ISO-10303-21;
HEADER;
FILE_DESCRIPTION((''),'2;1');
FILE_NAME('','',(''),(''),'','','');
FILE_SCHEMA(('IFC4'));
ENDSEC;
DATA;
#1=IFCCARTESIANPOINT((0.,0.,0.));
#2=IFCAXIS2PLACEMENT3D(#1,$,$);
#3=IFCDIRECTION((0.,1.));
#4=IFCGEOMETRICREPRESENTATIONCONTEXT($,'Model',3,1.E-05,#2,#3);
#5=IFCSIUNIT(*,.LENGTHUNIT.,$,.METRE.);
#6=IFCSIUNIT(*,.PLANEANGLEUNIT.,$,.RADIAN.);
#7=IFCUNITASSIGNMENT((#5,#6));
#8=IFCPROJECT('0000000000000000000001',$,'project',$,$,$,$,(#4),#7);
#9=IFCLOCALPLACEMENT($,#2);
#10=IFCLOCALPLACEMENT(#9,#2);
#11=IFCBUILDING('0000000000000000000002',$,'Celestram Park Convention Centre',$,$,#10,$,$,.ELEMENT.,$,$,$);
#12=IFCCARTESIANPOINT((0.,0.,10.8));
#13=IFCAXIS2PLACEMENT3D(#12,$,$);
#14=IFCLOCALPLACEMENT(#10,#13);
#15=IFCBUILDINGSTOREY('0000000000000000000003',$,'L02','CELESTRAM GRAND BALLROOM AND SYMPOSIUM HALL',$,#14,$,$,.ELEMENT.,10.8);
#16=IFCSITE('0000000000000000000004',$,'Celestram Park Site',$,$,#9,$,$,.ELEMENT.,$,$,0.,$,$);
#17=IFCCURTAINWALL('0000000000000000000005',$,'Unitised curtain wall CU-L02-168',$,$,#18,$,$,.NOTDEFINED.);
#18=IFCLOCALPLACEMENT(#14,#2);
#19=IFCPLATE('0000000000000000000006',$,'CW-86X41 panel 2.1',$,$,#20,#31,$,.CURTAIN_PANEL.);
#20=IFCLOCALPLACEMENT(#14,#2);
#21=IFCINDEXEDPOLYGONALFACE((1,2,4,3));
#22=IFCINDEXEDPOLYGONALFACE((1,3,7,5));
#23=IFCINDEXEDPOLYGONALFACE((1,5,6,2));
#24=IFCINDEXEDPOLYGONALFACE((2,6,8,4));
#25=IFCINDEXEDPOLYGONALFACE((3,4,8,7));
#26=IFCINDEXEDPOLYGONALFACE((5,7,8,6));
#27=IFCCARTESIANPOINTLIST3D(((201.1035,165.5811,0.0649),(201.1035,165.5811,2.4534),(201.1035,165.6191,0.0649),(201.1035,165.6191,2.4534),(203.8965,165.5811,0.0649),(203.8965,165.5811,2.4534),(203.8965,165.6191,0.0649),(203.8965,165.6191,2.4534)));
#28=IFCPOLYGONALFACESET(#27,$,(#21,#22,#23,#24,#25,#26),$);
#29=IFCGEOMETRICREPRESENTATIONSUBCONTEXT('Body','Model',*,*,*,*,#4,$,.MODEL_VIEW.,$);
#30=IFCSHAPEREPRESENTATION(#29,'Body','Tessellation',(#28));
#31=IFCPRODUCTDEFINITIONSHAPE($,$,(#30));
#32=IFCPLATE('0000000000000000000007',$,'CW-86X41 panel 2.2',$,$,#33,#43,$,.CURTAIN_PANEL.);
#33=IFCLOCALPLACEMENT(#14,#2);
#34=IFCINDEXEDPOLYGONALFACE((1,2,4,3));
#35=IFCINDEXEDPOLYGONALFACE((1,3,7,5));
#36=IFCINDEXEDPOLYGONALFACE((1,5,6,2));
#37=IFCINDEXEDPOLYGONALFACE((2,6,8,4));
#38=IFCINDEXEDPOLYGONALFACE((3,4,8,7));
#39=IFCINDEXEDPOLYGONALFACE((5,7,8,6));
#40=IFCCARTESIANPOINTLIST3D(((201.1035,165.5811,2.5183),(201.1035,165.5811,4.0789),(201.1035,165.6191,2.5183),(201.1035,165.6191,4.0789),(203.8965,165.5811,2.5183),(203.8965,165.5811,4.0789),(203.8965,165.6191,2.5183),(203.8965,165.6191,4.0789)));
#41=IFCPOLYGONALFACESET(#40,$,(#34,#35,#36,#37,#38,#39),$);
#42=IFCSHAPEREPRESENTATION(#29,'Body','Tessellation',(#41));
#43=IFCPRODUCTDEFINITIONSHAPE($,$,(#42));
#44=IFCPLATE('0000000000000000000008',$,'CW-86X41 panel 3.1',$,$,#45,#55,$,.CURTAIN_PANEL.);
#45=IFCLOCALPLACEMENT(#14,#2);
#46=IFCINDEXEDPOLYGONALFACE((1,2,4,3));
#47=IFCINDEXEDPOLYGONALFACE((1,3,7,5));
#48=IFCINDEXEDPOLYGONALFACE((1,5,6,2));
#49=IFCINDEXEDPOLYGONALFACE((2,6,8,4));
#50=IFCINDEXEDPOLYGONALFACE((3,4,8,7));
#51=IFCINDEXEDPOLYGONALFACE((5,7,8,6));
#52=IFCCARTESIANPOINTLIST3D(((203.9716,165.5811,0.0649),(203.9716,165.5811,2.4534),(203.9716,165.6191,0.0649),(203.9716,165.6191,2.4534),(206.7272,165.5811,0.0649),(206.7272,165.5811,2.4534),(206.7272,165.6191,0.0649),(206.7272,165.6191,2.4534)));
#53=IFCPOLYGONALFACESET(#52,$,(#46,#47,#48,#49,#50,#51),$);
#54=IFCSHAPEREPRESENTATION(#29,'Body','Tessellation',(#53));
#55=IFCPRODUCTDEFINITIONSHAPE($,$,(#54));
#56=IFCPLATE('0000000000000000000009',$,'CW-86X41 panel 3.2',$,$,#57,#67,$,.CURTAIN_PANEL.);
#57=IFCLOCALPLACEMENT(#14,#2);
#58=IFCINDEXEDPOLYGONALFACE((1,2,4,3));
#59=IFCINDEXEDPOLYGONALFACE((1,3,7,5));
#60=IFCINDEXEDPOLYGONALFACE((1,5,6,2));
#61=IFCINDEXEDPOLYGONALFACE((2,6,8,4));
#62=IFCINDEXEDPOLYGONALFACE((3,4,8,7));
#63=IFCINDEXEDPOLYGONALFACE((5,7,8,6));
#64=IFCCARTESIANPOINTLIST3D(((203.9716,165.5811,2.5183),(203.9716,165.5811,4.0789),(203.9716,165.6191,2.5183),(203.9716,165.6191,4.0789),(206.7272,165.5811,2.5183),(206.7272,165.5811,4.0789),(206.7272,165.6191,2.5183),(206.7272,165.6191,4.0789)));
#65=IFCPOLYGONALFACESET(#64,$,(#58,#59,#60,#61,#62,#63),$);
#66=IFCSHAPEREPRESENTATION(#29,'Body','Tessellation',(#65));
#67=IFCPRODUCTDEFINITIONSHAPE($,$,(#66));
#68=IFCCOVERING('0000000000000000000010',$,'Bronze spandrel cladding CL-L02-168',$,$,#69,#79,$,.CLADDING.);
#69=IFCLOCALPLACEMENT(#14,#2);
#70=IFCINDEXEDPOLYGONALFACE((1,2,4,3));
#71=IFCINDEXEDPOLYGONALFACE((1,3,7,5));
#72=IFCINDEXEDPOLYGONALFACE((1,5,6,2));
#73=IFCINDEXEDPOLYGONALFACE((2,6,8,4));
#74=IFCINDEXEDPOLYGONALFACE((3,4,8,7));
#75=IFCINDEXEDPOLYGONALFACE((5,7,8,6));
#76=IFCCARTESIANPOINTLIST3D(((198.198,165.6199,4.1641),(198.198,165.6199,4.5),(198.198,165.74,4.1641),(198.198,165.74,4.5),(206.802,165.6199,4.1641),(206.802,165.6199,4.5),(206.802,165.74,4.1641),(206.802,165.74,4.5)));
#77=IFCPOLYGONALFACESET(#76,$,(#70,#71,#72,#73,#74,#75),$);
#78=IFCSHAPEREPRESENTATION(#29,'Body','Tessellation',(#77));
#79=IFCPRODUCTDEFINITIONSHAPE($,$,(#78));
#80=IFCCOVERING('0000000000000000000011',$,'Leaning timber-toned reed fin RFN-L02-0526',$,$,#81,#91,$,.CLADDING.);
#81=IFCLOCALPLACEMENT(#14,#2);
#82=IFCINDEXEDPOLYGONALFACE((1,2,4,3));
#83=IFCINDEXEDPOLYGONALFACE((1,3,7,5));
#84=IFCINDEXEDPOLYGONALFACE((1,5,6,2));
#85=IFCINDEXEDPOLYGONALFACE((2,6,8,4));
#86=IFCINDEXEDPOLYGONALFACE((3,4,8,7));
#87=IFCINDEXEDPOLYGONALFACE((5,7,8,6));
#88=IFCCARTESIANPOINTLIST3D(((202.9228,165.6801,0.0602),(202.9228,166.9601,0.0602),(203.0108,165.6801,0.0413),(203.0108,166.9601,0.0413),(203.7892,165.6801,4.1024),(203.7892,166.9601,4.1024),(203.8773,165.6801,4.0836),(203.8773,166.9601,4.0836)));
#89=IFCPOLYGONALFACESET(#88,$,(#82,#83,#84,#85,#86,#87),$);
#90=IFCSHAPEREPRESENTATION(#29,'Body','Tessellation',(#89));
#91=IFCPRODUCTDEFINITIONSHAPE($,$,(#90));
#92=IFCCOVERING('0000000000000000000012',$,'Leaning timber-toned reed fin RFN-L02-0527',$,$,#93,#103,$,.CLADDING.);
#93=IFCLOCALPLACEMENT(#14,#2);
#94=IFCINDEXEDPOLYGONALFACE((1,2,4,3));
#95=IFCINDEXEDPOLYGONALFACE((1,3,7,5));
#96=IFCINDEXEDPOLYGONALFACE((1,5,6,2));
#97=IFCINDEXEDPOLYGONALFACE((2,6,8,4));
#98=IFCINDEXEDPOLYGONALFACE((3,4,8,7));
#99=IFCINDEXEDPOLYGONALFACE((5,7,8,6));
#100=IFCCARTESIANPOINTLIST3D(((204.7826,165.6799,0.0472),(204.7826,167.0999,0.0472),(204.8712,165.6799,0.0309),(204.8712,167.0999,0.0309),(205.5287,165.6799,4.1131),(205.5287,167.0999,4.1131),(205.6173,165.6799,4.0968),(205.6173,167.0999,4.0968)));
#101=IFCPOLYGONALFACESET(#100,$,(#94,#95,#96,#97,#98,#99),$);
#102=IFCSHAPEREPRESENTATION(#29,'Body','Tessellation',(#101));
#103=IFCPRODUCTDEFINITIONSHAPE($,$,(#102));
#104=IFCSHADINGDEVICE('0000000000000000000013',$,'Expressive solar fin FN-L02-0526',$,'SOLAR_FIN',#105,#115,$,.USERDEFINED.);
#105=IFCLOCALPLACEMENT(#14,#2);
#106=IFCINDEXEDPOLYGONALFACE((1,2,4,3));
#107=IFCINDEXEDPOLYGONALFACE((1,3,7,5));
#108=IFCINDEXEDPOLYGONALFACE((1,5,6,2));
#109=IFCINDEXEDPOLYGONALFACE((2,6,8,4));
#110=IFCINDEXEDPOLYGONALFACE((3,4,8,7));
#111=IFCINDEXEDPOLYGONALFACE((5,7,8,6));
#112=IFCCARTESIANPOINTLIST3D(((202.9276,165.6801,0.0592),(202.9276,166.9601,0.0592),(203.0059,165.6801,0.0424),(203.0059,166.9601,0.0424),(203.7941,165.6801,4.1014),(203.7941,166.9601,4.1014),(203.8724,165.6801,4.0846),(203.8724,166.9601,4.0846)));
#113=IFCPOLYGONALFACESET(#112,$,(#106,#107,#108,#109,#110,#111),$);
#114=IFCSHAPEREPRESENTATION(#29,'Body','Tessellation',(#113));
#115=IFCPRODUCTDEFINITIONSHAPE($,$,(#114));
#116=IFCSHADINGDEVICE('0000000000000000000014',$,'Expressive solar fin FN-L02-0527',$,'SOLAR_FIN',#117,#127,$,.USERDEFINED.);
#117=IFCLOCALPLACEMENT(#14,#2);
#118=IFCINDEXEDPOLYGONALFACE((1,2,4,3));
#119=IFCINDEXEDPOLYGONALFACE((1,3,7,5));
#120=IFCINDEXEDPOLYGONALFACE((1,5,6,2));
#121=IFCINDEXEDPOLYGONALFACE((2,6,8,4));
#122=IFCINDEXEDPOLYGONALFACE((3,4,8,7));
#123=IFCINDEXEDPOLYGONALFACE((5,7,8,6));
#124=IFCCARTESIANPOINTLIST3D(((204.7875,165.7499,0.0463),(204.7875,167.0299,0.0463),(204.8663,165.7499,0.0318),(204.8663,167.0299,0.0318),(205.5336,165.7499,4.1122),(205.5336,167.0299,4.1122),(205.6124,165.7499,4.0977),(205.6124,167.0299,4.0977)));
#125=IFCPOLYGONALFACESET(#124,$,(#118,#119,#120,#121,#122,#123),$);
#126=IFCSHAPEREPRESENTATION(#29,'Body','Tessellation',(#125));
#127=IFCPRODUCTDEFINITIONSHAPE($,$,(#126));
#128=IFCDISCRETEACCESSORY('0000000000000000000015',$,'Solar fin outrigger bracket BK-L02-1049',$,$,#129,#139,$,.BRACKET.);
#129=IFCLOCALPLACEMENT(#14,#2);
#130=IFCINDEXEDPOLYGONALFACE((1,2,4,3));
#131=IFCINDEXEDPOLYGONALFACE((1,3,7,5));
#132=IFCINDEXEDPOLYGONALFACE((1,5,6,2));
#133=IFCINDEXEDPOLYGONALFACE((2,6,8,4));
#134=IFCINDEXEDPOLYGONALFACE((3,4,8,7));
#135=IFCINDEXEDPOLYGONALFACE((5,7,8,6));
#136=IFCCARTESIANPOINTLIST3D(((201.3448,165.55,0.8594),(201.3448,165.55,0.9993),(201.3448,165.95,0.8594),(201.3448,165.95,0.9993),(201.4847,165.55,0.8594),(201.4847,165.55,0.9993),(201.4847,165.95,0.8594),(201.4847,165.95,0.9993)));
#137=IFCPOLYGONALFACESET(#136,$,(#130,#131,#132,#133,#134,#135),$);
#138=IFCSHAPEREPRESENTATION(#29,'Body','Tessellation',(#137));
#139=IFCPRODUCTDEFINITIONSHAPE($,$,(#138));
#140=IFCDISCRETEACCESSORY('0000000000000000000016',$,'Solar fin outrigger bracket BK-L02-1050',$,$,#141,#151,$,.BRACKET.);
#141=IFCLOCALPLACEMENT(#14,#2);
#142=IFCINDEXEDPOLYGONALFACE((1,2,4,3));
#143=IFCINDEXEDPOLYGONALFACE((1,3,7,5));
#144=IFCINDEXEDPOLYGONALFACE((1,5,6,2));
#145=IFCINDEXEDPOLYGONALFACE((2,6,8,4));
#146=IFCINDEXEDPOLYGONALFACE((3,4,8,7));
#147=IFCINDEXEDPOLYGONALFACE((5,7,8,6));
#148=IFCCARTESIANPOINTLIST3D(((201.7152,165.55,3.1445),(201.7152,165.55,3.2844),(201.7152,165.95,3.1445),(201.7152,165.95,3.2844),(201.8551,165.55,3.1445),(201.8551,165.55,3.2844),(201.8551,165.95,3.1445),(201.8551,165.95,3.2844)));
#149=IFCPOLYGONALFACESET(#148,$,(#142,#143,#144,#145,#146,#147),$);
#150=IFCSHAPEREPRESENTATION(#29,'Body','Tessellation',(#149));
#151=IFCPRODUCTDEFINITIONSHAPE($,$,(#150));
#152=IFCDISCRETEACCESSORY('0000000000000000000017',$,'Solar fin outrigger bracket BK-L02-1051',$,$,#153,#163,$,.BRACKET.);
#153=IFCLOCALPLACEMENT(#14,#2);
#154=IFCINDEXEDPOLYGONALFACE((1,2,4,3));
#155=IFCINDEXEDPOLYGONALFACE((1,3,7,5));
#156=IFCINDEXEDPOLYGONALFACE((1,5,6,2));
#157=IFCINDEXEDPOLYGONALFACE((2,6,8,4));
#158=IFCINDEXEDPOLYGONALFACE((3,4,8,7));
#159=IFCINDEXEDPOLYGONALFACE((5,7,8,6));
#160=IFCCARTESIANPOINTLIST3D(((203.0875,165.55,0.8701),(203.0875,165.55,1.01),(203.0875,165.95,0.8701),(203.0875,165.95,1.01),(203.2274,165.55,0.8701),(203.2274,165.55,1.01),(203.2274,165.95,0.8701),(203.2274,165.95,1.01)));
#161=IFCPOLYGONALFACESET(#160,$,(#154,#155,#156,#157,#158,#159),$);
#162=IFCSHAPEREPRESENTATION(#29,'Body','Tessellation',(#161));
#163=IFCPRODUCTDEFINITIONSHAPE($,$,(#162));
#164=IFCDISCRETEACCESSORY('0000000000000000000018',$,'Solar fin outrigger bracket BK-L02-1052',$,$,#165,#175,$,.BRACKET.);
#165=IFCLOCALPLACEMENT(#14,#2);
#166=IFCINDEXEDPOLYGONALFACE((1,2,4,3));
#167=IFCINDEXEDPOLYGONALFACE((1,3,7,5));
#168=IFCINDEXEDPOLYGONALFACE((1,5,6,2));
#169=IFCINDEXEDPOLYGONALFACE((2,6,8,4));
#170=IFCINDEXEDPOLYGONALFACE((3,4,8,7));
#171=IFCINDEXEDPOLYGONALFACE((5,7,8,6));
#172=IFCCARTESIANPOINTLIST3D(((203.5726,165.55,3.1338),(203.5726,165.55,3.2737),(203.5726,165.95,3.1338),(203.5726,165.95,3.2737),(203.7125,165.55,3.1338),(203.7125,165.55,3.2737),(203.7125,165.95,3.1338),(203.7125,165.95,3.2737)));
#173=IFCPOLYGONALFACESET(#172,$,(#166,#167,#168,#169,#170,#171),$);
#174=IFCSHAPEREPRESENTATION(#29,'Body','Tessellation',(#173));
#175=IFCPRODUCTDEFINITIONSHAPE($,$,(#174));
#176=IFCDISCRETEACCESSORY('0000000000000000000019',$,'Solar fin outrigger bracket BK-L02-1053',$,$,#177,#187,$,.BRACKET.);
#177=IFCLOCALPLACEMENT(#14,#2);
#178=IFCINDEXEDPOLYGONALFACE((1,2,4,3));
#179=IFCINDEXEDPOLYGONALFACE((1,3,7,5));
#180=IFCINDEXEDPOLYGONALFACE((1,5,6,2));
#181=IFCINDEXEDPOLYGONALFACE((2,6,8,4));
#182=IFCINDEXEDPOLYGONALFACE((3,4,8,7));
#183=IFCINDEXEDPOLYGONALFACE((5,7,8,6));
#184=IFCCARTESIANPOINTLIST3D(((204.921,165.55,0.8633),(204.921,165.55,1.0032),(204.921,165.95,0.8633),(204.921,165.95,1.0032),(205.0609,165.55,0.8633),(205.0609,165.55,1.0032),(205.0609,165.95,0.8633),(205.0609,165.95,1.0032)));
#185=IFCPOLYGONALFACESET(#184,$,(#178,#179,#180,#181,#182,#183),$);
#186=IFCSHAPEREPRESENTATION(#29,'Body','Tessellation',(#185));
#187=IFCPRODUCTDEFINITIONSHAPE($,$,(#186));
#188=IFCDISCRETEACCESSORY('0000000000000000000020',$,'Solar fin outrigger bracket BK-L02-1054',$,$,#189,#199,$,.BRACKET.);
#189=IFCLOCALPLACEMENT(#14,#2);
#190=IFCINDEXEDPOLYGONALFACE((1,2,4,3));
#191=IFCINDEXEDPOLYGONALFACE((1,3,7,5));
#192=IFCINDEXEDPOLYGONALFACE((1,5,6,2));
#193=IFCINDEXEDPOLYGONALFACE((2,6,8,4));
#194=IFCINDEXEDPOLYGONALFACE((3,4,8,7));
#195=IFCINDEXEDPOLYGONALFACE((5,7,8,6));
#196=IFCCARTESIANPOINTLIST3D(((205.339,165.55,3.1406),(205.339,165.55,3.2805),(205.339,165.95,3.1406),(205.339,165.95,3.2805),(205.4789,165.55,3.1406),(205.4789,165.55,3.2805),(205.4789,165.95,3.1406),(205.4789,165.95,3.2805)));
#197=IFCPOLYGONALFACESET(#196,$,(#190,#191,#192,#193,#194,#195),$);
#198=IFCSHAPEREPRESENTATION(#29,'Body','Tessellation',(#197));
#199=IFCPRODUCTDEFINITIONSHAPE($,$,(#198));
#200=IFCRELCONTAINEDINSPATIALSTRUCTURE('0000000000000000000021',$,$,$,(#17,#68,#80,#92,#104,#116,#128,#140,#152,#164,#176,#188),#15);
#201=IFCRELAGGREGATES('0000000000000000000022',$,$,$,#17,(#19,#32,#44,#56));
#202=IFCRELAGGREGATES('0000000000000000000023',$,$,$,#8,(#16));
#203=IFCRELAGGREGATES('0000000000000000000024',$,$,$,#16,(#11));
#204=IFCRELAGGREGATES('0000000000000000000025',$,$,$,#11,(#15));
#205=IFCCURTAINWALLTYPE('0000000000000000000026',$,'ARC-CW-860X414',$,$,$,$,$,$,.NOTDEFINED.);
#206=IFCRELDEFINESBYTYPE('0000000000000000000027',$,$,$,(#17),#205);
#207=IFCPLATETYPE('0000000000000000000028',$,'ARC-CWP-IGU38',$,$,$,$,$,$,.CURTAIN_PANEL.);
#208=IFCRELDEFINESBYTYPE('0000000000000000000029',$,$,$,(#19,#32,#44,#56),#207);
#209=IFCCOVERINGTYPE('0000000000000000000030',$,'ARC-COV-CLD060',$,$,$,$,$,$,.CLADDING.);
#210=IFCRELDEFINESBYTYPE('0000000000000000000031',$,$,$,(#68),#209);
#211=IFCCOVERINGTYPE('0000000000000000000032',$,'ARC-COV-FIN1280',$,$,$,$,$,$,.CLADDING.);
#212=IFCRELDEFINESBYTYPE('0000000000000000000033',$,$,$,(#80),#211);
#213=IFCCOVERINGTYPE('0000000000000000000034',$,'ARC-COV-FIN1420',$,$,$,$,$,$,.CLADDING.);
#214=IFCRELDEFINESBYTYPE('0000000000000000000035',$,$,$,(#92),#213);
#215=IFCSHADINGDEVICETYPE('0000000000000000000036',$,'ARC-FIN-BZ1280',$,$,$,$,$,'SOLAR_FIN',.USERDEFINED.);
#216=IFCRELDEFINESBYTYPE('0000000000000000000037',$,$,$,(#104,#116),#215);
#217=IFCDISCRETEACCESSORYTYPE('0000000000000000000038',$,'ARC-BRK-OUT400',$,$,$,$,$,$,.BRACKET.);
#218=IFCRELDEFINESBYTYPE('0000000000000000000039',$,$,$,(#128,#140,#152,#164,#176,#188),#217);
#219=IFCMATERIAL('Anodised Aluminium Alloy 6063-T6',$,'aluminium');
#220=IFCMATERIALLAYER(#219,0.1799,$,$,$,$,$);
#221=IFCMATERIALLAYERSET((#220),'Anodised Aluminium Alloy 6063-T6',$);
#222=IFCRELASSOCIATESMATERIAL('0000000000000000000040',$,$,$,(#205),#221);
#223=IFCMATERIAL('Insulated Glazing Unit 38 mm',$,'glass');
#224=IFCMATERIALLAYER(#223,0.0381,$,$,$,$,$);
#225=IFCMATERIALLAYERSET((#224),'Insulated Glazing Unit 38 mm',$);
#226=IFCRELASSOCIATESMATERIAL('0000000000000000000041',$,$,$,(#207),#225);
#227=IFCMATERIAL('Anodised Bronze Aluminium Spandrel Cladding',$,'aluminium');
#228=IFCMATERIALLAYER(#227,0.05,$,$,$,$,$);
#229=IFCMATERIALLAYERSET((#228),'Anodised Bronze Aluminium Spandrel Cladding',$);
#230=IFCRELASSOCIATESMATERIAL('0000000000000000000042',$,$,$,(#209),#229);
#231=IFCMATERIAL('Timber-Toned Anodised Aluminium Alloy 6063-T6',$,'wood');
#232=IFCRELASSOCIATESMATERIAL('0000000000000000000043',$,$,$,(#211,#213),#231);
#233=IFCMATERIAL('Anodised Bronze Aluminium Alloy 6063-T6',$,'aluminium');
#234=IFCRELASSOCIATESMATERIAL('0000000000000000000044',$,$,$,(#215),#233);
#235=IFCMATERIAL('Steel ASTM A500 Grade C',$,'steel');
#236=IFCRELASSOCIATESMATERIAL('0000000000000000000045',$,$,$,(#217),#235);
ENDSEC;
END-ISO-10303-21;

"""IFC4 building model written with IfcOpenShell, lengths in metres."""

from ifc_helpers import new_model, si_unit, direction, frame, origin, origin_2d, place, context, subcontext, project, spatial, rectangle, extrude, material, layer, layer_set, material_profile, profile_set, type_object, element, aggregate, save


model = new_model("IFC4")

# Units and contexts
model_context = context("Model", 3, precision=1e-05, world=origin(), true_north=direction((0.0, 1.0)))
body_context = subcontext(model_context, "Body", "Model", "MODEL_VIEW")
ifc_project = project(units=[si_unit("LENGTHUNIT", "METRE"), si_unit("PLANEANGLEUNIT", "RADIAN")], contexts=[model_context])

# Site, building, storey
site_placement = place(None, origin())
site = spatial("IfcSite", under=ifc_project, at=site_placement, Name="Celestram Park Site", CompositionType="ELEMENT", RefElevation=0.0)
building_placement = place(site_placement, origin())
building = spatial("IfcBuilding", under=site, at=building_placement, Name="Celestram Park Convention Centre", CompositionType="ELEMENT")
storey_placement = place(building_placement, frame((0.0, 0.0, 10.8)))
storey = spatial("IfcBuildingStorey", under=building, at=storey_placement, Name="L02", Description="CELESTRAM GRAND BALLROOM AND SYMPOSIUM HALL", CompositionType="ELEMENT", Elevation=10.8)

# Shared definitions
ifc_material_1 = material(Name="Steel ASTM A500 Grade C", Category="steel")

# Curtain wall
ifc_material_2 = material(Name="Anodised Aluminium Alloy 6063-T6", Category="aluminium")
ifc_layer_1 = layer(ifc_material_2, 0.1799)
ifc_layer_set_1 = layer_set([ifc_layer_1], Name="Anodised Aluminium Alloy 6063-T6")
curtain_wall_type = type_object("IfcCurtainWallType", Name="ARC-CW-860X414", PredefinedType="NOTDEFINED", material=ifc_layer_set_1)
curtain_wall_1_placement = place(storey_placement, origin())
curtain_wall_1 = element("IfcCurtainWall", 1, at=curtain_wall_1_placement, inside=storey, type_object=curtain_wall_type, Name="Unitised curtain wall CU-L02-168", PredefinedType="NOTDEFINED")

# Plates
ifc_material_3 = material(Name="Insulated Glazing Unit 38 mm", Category="glass")
ifc_layer_2 = layer(ifc_material_3, 0.0381)
ifc_layer_set_2 = layer_set([ifc_layer_2], Name="Insulated Glazing Unit 38 mm")
plate_type = type_object("IfcPlateType", Name="ARC-CWP-IGU38", PredefinedType="CURTAIN_PANEL", material=ifc_layer_set_2)
plate_1_placement = place(storey_placement, frame((202.5, 165.6001, 0.0649), z_axis=(0.0, 0.0, 1.0), x_axis=(1.0, 0.0, 0.0)))
plate_1 = element("IfcPlate", 2, at=plate_1_placement, type_object=plate_type, Name="CW-86X41 panel 2.1", PredefinedType="CURTAIN_PANEL", context=body_context, shape_type="SweptSolid", body=[
    extrude(rectangle(XDim=2.793, YDim=0.0381, at=origin_2d()), origin(), (0.0, 0.0, 1.0), 2.3884),
])
plate_2_placement = place(storey_placement, frame((202.5, 165.6001, 2.5183), z_axis=(0.0, 0.0, 1.0), x_axis=(1.0, 0.0, 0.0)))
plate_2 = element("IfcPlate", 3, at=plate_2_placement, type_object=plate_type, Name="CW-86X41 panel 2.2", PredefinedType="CURTAIN_PANEL", context=body_context, shape_type="SweptSolid", body=[
    extrude(rectangle(XDim=2.793, YDim=0.0381, at=origin_2d()), origin(), (0.0, 0.0, 1.0), 1.5605),
])
plate_3_placement = place(storey_placement, frame((205.3494, 165.6001, 0.0649), z_axis=(0.0, 0.0, 1.0), x_axis=(1.0, 0.0, 0.0)))
plate_3 = element("IfcPlate", 4, at=plate_3_placement, type_object=plate_type, Name="CW-86X41 panel 3.1", PredefinedType="CURTAIN_PANEL", context=body_context, shape_type="SweptSolid", body=[
    extrude(rectangle(XDim=2.7556, YDim=0.0381, at=origin_2d()), origin(), (0.0, 0.0, 1.0), 2.3884),
])
plate_4_placement = place(storey_placement, frame((205.3494, 165.6001, 2.5183), z_axis=(0.0, 0.0, 1.0), x_axis=(1.0, 0.0, 0.0)))
plate_4 = element("IfcPlate", 5, at=plate_4_placement, type_object=plate_type, Name="CW-86X41 panel 3.2", PredefinedType="CURTAIN_PANEL", context=body_context, shape_type="SweptSolid", body=[
    extrude(rectangle(XDim=2.7556, YDim=0.0381, at=origin_2d()), origin(), (0.0, 0.0, 1.0), 1.5605),
])
aggregate(curtain_wall_1, [plate_1, plate_2, plate_3, plate_4])

# Coverings
ifc_material_4 = material(Name="Anodised Bronze Aluminium Spandrel Cladding", Category="aluminium")
ifc_layer_3 = layer(ifc_material_4, 0.05)
ifc_layer_set_3 = layer_set([ifc_layer_3], Name="Anodised Bronze Aluminium Spandrel Cladding")
covering_type_1 = type_object("IfcCoveringType", Name="ARC-COV-CLD060", PredefinedType="CLADDING", material=ifc_layer_set_3)
covering_1_placement = place(storey_placement, frame((202.5, 165.6799, 4.1641), z_axis=(0.0, 0.0, 1.0), x_axis=(1.0, 0.0, 0.0)))
element("IfcCovering", 6, at=covering_1_placement, inside=storey, type_object=covering_type_1, Name="Bronze spandrel cladding CL-L02-168", PredefinedType="CLADDING", context=body_context, shape_type="SweptSolid", body=[
    extrude(rectangle(XDim=8.604, YDim=0.1201, at=origin_2d()), origin(), (0.0, 0.0, 1.0), 0.3359),
])
ifc_material_5 = material(Name="Timber-Toned Anodised Aluminium Alloy 6063-T6", Category="wood")
ifc_material_profile_1 = material_profile(ifc_material_5, rectangle(XDim=1.28, YDim=0.0901, at=origin_2d()), Name="REED1280X90")
ifc_profile_set_1 = profile_set([ifc_material_profile_1], Name="Timber-Toned Anodised Aluminium Alloy 6063-T6")
covering_type_2 = type_object("IfcCoveringType", Name="ARC-COV-FIN1280", PredefinedType="CLADDING", material=ifc_profile_set_1)
covering_2_placement = place(storey_placement, frame((202.9668, 166.3201, 0.0508), z_axis=(0.20959, 0.0, 0.977789), x_axis=(0.0, 1.0, 0.0)))
element("IfcCovering", 7, at=covering_2_placement, inside=storey, type_object=covering_type_2, Name="Leaning timber-toned reed fin RFN-L02-0526", PredefinedType="CLADDING", context=body_context, shape_type="SweptSolid", body=[
    extrude(rectangle(XDim=1.28, YDim=0.0901, at=origin_2d()), origin(), (0.0, 0.0, 1.0), 4.134),
])
ifc_material_profile_2 = material_profile(ifc_material_5, rectangle(XDim=1.4199, YDim=0.0901, at=origin_2d()), Name="REED1420X90")
ifc_profile_set_2 = profile_set([ifc_material_profile_2], Name="Timber-Toned Anodised Aluminium Alloy 6063-T6")
covering_type_3 = type_object("IfcCoveringType", Name="ARC-COV-FIN1420", PredefinedType="CLADDING", material=ifc_profile_set_2)
covering_3_placement = place(storey_placement, frame((204.8269, 166.3899, 0.0391), z_axis=(0.180486, 0.0, 0.983578), x_axis=(0.0, 1.0, 0.0)))
element("IfcCovering", 8, at=covering_3_placement, inside=storey, type_object=covering_type_3, Name="Leaning timber-toned reed fin RFN-L02-0527", PredefinedType="CLADDING", context=body_context, shape_type="SweptSolid", body=[
    extrude(rectangle(XDim=1.4199, YDim=0.0901, at=origin_2d()), origin(), (0.0, 0.0, 1.0), 4.1338),
])

# Shading devices
ifc_material_6 = material(Name="Anodised Bronze Aluminium Alloy 6063-T6", Category="aluminium")
ifc_material_profile_3 = material_profile(ifc_material_6, rectangle(XDim=1.28, YDim=0.0801, at=origin_2d()), Name="FIN1280X80")
ifc_profile_set_3 = profile_set([ifc_material_profile_3], Name="Anodised Bronze Aluminium Alloy 6063-T6")
shading_device_type = type_object("IfcShadingDeviceType", Name="ARC-FIN-BZ1280", ElementType="SOLAR_FIN", PredefinedType="USERDEFINED", material=ifc_profile_set_3)
shading_device_1_placement = place(storey_placement, frame((202.9668, 166.3201, 0.0508), z_axis=(0.20959, 0.0, 0.977789), x_axis=(0.0, 1.0, 0.0)))
element("IfcShadingDevice", 9, at=shading_device_1_placement, inside=storey, type_object=shading_device_type, Name="Expressive solar fin FN-L02-0526", ObjectType="SOLAR_FIN", PredefinedType="USERDEFINED", context=body_context, shape_type="SweptSolid", body=[
    extrude(rectangle(XDim=1.28, YDim=0.0801, at=origin_2d()), origin(), (0.0, 0.0, 1.0), 4.134),
])
shading_device_2_placement = place(storey_placement, frame((204.8269, 166.3899, 0.0391), z_axis=(0.180486, 0.0, 0.983578), x_axis=(0.0, 1.0, 0.0)))
element("IfcShadingDevice", 10, at=shading_device_2_placement, inside=storey, type_object=shading_device_type, Name="Expressive solar fin FN-L02-0527", ObjectType="SOLAR_FIN", PredefinedType="USERDEFINED", context=body_context, shape_type="SweptSolid", body=[
    extrude(rectangle(XDim=1.28, YDim=0.0801, at=origin_2d()), origin(), (0.0, 0.0, 1.0), 4.1338),
])

# Discrete accessories
discrete_accessory_type = type_object("IfcDiscreteAccessoryType", Name="ARC-BRK-OUT400", PredefinedType="BRACKET", material=ifc_material_1)
for number, where, z_axis, x_axis, name in (
    (11, (201.4148, 165.75, 0.8594), (0.0, 0.0, 1.0), (0.0, 1.0, 0.0), "Solar fin outrigger bracket BK-L02-1049"),
    (12, (201.7852, 165.75, 3.1445), (0.0, 0.0, 1.0), (0.0, 1.0, 0.0), "Solar fin outrigger bracket BK-L02-1050"),
    (13, (203.1575, 165.75, 0.8701), (0.0, 0.0, 1.0), (0.0, 1.0, 0.0), "Solar fin outrigger bracket BK-L02-1051"),
    (14, (203.6426, 165.75, 3.1338), (0.0, 0.0, 1.0), (0.0, 1.0, 0.0), "Solar fin outrigger bracket BK-L02-1052"),
    (15, (204.991, 165.75, 0.8633), (0.0, 0.0, 1.0), (0.0, 1.0, 0.0), "Solar fin outrigger bracket BK-L02-1053"),
    (16, (205.4089, 165.75, 3.1406), (0.0, 0.0, 1.0), (0.0, 1.0, 0.0), "Solar fin outrigger bracket BK-L02-1054"),
):
    element("IfcDiscreteAccessory", number, at=place(storey_placement, frame(where, z_axis=z_axis, x_axis=x_axis)), inside=storey, type_object=discrete_accessory_type, Name=name, PredefinedType="BRACKET", context=body_context, shape_type="SweptSolid", body=[
        extrude(rectangle(XDim=0.3999, YDim=0.1399, at=origin_2d()), origin(), (0.0, 0.0, 1.0), 0.1399),
    ])

save(model, "model.ifc")
